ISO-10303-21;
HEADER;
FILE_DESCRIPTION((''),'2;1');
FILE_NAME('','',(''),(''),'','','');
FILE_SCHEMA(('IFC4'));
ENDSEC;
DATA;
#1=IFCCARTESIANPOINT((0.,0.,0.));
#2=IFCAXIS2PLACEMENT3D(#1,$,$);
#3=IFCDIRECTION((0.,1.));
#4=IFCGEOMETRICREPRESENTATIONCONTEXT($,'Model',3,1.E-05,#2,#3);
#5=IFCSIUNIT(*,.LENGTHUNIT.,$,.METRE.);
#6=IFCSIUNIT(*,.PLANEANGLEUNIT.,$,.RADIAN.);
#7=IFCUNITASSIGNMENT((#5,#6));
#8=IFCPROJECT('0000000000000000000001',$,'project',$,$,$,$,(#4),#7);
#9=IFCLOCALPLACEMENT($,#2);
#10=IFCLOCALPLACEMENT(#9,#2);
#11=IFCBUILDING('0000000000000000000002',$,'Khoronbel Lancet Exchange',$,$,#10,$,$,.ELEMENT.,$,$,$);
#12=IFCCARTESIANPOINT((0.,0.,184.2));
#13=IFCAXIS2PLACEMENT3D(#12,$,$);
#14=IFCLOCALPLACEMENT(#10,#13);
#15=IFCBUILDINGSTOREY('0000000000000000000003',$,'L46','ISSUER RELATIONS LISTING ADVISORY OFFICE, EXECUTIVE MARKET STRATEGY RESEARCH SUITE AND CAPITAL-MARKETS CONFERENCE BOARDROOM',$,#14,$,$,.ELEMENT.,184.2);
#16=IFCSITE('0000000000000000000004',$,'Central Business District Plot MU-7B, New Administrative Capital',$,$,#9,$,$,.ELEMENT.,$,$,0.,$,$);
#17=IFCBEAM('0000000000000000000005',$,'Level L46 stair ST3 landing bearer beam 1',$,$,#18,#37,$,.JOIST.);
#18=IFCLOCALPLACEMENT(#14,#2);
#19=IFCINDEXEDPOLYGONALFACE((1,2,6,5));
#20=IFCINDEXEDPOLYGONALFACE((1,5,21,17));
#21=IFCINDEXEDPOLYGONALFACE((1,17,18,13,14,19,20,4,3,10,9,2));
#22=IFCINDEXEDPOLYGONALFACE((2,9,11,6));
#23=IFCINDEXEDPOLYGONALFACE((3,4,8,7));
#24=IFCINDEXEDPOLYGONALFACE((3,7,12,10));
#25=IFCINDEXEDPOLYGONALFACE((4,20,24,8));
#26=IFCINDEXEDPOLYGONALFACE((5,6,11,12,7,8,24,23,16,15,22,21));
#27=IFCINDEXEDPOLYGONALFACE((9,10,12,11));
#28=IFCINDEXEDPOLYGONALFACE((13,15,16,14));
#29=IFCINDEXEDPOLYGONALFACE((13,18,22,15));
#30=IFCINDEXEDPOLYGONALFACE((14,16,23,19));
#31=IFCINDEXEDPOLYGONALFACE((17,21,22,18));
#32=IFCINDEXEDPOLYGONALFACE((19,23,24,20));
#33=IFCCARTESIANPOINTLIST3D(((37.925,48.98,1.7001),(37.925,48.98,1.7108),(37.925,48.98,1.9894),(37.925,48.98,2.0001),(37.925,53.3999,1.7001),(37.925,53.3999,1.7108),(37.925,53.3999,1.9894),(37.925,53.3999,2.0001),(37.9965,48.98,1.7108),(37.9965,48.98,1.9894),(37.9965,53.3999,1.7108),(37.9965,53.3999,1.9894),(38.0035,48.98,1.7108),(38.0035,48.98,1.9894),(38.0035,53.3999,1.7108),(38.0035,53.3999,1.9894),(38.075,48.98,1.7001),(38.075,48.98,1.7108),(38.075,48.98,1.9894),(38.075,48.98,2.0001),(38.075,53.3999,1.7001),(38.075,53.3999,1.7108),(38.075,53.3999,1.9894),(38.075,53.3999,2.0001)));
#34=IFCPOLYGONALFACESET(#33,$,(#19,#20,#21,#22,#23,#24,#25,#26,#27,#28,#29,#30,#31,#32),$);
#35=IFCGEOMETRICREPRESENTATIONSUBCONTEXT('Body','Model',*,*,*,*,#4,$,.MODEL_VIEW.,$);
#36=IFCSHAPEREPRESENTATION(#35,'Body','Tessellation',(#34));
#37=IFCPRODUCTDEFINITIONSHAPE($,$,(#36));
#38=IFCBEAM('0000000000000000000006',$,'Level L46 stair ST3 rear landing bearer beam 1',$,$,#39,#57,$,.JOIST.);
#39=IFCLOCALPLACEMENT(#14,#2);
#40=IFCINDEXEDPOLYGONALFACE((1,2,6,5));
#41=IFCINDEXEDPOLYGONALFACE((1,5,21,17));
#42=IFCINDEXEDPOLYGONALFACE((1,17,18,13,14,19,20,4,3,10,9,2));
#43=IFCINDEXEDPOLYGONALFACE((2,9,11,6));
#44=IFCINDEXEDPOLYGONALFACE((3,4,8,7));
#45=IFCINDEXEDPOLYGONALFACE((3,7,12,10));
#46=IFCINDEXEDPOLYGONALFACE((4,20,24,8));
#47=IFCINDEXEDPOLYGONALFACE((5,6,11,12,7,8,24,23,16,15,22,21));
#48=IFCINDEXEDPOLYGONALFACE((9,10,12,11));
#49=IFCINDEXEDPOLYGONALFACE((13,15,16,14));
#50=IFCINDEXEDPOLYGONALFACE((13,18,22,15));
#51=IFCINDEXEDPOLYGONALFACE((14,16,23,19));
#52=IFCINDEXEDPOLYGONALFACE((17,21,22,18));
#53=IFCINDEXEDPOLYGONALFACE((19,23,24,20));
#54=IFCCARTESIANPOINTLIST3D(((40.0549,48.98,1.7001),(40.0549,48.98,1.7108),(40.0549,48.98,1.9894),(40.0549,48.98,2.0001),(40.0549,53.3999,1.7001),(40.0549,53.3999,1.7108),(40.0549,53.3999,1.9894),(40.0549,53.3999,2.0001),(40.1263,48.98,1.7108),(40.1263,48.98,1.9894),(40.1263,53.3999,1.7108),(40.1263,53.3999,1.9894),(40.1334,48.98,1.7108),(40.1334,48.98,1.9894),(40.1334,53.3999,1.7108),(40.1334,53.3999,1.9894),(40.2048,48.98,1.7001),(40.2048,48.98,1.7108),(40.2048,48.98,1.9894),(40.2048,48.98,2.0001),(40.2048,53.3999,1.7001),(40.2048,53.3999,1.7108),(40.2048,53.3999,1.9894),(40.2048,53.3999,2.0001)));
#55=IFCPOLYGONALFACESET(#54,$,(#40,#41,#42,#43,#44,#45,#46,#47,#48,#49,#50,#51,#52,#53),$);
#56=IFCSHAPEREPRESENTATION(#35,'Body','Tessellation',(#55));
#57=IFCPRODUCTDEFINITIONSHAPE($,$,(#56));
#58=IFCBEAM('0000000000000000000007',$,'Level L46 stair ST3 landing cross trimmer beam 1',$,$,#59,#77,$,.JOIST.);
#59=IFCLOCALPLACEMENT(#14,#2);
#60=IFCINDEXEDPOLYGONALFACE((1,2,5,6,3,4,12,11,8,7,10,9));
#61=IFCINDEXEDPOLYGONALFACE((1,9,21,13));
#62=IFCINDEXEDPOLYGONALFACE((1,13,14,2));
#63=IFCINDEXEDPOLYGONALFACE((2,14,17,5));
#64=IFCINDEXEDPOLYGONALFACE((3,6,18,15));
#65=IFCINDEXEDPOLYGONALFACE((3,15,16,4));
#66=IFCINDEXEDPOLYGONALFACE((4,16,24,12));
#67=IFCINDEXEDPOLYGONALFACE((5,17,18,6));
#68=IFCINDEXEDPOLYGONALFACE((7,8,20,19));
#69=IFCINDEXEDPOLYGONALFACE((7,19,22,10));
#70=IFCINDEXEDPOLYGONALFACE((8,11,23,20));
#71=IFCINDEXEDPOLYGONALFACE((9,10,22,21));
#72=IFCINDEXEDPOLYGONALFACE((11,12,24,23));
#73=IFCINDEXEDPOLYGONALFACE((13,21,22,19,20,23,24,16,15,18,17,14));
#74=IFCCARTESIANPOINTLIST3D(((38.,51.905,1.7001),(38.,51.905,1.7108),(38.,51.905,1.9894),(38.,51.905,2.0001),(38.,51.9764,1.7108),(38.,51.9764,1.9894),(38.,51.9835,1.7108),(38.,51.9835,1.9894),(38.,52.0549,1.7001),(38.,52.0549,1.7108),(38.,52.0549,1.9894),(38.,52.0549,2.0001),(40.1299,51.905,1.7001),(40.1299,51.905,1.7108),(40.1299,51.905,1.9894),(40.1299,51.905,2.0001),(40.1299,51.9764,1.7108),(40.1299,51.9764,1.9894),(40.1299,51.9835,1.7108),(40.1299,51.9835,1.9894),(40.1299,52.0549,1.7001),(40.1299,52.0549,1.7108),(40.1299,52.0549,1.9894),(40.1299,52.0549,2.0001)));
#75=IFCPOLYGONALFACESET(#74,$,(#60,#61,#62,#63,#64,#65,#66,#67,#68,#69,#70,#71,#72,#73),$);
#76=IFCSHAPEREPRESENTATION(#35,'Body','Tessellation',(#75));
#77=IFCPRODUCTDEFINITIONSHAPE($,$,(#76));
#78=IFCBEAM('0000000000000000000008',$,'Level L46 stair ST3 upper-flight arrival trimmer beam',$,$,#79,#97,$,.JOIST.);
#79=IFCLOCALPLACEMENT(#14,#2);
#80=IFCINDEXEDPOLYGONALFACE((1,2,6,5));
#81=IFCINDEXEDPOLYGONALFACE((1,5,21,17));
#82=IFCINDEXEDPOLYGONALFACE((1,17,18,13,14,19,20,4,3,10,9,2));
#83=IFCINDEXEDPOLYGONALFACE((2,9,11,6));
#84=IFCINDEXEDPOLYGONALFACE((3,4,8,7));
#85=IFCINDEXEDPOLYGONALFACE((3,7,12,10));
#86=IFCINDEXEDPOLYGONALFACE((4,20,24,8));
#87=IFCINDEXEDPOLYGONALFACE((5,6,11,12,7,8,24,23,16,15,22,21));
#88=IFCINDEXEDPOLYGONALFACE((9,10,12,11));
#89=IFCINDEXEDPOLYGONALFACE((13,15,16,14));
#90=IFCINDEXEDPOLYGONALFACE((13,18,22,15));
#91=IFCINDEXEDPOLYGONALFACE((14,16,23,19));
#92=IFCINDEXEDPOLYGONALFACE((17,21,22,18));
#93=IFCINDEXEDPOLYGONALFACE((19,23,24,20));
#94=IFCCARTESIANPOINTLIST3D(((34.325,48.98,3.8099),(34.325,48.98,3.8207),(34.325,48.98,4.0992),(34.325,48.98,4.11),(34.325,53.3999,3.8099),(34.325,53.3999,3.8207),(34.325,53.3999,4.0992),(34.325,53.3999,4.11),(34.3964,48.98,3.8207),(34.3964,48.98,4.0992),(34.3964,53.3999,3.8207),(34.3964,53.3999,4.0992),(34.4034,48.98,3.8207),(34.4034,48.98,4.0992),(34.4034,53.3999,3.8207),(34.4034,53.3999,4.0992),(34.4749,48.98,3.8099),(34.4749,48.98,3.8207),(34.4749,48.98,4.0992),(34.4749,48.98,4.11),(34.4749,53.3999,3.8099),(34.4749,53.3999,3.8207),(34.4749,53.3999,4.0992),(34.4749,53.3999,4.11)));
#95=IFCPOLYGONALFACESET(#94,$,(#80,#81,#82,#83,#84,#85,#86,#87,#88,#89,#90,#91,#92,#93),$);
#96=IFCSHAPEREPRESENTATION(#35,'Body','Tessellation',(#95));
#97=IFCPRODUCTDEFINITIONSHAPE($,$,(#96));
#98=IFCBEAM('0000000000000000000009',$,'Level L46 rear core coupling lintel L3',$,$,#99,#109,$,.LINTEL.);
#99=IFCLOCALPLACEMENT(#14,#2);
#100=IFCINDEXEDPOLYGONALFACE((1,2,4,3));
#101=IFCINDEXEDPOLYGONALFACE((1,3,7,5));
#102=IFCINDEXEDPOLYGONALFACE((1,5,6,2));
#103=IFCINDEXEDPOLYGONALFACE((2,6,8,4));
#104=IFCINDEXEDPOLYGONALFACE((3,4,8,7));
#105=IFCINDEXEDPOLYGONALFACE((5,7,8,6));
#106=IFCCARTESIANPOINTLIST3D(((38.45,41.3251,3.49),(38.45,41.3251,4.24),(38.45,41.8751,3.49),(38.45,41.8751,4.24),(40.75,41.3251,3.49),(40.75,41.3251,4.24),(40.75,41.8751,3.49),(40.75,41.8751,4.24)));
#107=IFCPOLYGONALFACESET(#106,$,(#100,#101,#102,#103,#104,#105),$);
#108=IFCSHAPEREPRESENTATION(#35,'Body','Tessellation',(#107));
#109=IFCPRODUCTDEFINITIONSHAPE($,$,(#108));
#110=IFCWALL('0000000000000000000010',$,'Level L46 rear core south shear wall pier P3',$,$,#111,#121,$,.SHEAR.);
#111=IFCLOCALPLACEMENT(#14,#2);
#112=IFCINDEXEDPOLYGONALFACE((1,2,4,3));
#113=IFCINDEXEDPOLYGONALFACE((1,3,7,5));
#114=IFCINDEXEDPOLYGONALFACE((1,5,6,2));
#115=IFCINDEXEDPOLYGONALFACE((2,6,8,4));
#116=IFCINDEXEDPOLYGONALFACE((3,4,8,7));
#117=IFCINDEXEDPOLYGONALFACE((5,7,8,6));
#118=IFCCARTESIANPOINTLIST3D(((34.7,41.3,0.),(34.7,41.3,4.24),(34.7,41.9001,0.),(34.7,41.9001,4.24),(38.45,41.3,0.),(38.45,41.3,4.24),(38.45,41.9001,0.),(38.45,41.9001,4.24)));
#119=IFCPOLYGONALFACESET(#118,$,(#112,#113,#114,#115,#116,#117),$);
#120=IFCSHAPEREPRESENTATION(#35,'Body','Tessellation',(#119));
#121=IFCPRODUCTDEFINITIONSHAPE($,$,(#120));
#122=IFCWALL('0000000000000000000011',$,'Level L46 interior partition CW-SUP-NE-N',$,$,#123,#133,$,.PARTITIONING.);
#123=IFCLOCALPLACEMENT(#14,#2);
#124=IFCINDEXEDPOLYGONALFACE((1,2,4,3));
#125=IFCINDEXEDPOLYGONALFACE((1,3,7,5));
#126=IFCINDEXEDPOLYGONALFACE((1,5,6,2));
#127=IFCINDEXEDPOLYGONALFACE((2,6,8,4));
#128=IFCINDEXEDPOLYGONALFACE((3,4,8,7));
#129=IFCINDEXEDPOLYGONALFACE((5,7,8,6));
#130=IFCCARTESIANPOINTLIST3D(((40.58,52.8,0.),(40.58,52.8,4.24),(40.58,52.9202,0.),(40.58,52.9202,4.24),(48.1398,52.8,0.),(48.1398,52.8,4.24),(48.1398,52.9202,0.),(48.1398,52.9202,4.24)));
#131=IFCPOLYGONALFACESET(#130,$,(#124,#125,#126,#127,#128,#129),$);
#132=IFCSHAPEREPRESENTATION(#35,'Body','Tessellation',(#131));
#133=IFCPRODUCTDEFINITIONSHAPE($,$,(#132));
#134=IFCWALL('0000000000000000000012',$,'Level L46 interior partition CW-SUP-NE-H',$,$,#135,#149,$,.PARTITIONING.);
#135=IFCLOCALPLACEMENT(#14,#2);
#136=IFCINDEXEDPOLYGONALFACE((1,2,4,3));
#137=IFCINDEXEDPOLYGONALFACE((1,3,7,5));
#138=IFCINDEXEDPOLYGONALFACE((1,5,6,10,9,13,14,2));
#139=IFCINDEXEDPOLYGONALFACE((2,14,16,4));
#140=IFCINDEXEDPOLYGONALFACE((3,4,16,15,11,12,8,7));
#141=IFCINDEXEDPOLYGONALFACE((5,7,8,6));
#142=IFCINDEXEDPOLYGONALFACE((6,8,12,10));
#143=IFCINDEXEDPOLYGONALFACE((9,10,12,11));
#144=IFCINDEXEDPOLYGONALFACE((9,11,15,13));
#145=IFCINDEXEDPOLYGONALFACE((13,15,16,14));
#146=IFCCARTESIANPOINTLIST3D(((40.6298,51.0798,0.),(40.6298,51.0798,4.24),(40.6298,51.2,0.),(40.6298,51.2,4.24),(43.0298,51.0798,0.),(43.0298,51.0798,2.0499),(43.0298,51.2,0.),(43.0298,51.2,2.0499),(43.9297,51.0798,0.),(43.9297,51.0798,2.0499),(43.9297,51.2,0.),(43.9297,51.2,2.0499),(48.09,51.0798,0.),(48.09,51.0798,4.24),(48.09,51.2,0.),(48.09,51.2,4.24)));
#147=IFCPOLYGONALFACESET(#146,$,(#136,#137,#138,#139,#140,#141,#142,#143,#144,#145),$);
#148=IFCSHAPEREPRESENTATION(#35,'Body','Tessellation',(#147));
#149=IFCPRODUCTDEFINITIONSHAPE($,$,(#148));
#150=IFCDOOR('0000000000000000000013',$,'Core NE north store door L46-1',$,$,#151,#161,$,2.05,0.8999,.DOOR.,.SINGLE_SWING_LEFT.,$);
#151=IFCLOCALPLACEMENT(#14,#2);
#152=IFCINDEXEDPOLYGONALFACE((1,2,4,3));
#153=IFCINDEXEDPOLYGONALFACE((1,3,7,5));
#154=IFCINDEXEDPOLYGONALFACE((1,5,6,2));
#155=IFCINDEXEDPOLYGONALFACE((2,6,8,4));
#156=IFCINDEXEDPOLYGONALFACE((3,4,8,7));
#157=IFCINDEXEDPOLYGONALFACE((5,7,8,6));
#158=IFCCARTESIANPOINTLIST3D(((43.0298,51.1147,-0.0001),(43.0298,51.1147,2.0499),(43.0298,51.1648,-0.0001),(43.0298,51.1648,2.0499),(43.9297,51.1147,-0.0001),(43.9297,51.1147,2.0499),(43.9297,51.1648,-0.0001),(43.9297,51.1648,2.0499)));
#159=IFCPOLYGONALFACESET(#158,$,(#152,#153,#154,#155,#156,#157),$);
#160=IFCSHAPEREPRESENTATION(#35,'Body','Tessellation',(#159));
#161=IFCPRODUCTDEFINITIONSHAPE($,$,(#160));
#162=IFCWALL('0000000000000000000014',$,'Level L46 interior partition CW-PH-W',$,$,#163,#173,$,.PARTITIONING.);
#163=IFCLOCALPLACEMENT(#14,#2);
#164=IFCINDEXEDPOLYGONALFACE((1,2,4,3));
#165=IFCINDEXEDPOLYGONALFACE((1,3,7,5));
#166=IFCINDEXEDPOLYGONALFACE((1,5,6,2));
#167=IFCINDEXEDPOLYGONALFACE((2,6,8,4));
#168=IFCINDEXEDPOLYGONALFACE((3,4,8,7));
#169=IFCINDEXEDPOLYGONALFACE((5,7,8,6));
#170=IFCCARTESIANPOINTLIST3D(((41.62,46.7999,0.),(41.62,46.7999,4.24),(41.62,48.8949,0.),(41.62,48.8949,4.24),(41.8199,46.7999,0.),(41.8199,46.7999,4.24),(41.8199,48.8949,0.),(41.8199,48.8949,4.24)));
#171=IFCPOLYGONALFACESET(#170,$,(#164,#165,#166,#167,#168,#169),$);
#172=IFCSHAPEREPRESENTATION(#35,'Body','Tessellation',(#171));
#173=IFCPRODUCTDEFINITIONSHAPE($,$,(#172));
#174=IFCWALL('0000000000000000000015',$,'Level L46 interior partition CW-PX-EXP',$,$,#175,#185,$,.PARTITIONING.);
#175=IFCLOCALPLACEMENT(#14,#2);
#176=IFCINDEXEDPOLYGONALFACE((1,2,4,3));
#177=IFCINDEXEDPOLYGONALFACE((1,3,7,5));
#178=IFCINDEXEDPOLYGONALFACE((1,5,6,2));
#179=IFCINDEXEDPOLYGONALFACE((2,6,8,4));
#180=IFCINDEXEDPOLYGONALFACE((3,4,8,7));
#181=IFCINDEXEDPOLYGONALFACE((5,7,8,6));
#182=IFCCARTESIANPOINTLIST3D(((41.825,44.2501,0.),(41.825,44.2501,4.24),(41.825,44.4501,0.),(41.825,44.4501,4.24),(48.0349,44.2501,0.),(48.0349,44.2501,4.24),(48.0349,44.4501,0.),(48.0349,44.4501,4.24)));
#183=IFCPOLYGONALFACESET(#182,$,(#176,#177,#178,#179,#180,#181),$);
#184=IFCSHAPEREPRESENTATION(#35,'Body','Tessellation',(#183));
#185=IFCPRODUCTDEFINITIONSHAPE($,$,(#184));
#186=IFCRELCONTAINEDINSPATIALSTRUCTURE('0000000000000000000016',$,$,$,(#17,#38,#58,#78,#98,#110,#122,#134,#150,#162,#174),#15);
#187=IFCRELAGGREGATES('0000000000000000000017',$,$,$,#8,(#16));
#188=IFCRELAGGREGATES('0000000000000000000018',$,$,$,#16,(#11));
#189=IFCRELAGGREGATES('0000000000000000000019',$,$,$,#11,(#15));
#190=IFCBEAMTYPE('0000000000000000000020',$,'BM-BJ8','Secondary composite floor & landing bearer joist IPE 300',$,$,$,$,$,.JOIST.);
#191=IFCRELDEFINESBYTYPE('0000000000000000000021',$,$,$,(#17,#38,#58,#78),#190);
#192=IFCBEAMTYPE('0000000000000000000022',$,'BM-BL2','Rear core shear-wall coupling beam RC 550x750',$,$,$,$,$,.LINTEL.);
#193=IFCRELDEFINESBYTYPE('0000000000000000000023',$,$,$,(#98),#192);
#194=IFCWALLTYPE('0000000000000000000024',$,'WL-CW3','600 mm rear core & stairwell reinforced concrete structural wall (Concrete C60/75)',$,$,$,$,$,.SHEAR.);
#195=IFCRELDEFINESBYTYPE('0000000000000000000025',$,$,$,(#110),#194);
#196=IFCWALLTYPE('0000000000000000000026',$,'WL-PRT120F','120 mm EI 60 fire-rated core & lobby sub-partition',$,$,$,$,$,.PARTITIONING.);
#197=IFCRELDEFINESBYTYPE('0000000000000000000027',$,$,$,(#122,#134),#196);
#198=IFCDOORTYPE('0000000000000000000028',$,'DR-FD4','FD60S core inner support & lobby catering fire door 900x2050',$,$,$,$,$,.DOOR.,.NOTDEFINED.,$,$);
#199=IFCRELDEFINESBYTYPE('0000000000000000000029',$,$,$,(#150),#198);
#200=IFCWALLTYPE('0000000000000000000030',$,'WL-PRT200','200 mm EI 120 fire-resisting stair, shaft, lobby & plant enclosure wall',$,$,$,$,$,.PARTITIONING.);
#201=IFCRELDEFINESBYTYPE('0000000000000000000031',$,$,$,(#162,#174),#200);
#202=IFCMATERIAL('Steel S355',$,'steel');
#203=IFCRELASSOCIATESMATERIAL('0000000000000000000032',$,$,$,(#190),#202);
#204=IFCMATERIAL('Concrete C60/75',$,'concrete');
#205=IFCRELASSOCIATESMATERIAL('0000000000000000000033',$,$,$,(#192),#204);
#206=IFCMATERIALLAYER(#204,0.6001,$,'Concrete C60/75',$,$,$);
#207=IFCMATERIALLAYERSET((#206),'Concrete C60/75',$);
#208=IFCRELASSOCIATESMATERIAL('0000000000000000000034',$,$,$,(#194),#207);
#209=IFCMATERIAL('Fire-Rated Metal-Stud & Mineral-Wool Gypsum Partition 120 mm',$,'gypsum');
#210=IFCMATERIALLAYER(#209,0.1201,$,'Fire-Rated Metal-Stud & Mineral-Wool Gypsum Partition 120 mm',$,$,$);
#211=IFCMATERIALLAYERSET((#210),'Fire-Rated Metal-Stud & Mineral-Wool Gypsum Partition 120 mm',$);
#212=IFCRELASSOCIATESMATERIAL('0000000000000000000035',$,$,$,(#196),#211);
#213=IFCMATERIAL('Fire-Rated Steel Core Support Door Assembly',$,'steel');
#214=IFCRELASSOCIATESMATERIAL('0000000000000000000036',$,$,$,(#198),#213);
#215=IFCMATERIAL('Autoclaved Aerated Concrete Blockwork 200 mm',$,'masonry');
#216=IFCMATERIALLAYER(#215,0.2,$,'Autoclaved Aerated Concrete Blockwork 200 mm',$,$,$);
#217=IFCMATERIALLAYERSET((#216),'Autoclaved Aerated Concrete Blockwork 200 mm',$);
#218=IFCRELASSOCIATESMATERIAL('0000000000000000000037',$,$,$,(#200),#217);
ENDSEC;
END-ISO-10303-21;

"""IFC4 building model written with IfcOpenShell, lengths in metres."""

from ifc_helpers import new_model, si_unit, direction, frame, frame_2d, origin, origin_2d, place, context, subcontext, project, spatial, rectangle, i_section, extrude, material, layer, layer_set, material_profile, profile_set, type_object, element, fill, save


model = new_model("IFC4")

# Units and contexts
model_context = context("Model", 3, precision=1e-05, world=origin(), true_north=direction((0.0, 1.0)))
body_context = subcontext(model_context, "Body", "Model", "MODEL_VIEW")
ifc_project = project(units=[si_unit("LENGTHUNIT", "METRE"), si_unit("PLANEANGLEUNIT", "RADIAN")], contexts=[model_context])

# Site, building, storey
site_placement = place(None, origin())
site = spatial("IfcSite", under=ifc_project, at=site_placement, Name="Central Business District Plot MU-7B, New Administrative Capital", CompositionType="ELEMENT", RefElevation=0.0)
building_placement = place(site_placement, origin())
building = spatial("IfcBuilding", under=site, at=building_placement, Name="Khoronbel Lancet Exchange", CompositionType="ELEMENT")
storey_placement = place(building_placement, frame((0.0, 0.0, 184.2)))
storey = spatial("IfcBuildingStorey", under=building, at=storey_placement, Name="L46", Description="ISSUER RELATIONS LISTING ADVISORY OFFICE, EXECUTIVE MARKET STRATEGY RESEARCH SUITE AND CAPITAL-MARKETS CONFERENCE BOARDROOM", CompositionType="ELEMENT", Elevation=184.2)

# Beams
ifc_material_1 = material(Name="Steel S355", Category="steel")
ifc_material_profile_1 = material_profile(ifc_material_1, i_section(OverallWidth=0.1499, OverallDepth=0.3, WebThickness=0.0071, FlangeThickness=0.0107, at=origin_2d()), Name="IPE 300")
ifc_profile_set_1 = profile_set([ifc_material_profile_1], Name="Steel S355")
beam_type_1 = type_object("IfcBeamType", Name="BM-BJ8", Description="Secondary composite floor & landing bearer joist IPE 300", PredefinedType="JOIST", material=ifc_profile_set_1)
for number, where, z_axis, x_axis, name in (
    (1, (38.0, 48.98, 1.8501), (0.0, 1.0, 0.0), (-1.0, 0.0, 0.0), "Level L46 stair ST3 landing bearer beam 1"),
    (2, (40.1299, 48.98, 1.8501), (0.0, 1.0, 0.0), (-1.0, 0.0, 0.0), "Level L46 stair ST3 rear landing bearer beam 1"),
):
    element("IfcBeam", number, at=place(storey_placement, frame(where, z_axis=z_axis, x_axis=x_axis)), inside=storey, type_object=beam_type_1, Name=name, PredefinedType="JOIST", context=body_context, shape_type="SweptSolid", body=[
        extrude(i_section(OverallWidth=0.1499, OverallDepth=0.3, WebThickness=0.0071, FlangeThickness=0.0107, at=origin_2d()), origin(), (0.0, 0.0, 1.0), 4.4199),
    ])
beam_1_placement = place(storey_placement, frame((38.0, 51.98, 1.8501), z_axis=(1.0, 0.0, 0.0), x_axis=(0.0, 1.0, 0.0)))
element("IfcBeam", 3, at=beam_1_placement, inside=storey, type_object=beam_type_1, Name="Level L46 stair ST3 landing cross trimmer beam 1", PredefinedType="JOIST", context=body_context, shape_type="SweptSolid", body=[
    extrude(i_section(OverallWidth=0.1499, OverallDepth=0.3, WebThickness=0.0071, FlangeThickness=0.0107, at=origin_2d()), origin(), (0.0, 0.0, 1.0), 2.1299),
])
beam_2_placement = place(storey_placement, frame((34.3999, 48.98, 3.96), z_axis=(0.0, 1.0, 0.0), x_axis=(-1.0, 0.0, 0.0)))
element("IfcBeam", 4, at=beam_2_placement, inside=storey, type_object=beam_type_1, Name="Level L46 stair ST3 upper-flight arrival trimmer beam", PredefinedType="JOIST", context=body_context, shape_type="SweptSolid", body=[
    extrude(i_section(OverallWidth=0.1499, OverallDepth=0.3, WebThickness=0.0071, FlangeThickness=0.0107, at=origin_2d()), origin(), (0.0, 0.0, 1.0), 4.4199),
])
ifc_material_2 = material(Name="Concrete C60/75", Category="concrete")
ifc_material_profile_2 = material_profile(ifc_material_2, rectangle(XDim=0.55, YDim=0.75, at=origin_2d()), Name="RC 550x750")
ifc_profile_set_2 = profile_set([ifc_material_profile_2], Name="Concrete C60/75")
beam_type_2 = type_object("IfcBeamType", Name="BM-BL2", Description="Rear core shear-wall coupling beam RC 550x750", PredefinedType="LINTEL", material=ifc_profile_set_2)
beam_3_placement = place(storey_placement, frame((38.45, 41.6001, 3.865), z_axis=(1.0, 0.0, 0.0), x_axis=(0.0, 1.0, 0.0)))
element("IfcBeam", 5, at=beam_3_placement, inside=storey, type_object=beam_type_2, Name="Level L46 rear core coupling lintel L3", PredefinedType="LINTEL", context=body_context, shape_type="SweptSolid", body=[
    extrude(rectangle(XDim=0.55, YDim=0.75, at=origin_2d()), origin(), (0.0, 0.0, 1.0), 2.3),
])

# Walls
ifc_layer_1 = layer(ifc_material_2, 0.6001, Name="Concrete C60/75")
ifc_layer_set_1 = layer_set([ifc_layer_1], Name="Concrete C60/75")
wall_type_1 = type_object("IfcWallType", Name="WL-CW3", Description="600 mm rear core & stairwell reinforced concrete structural wall (Concrete C60/75)", PredefinedType="SHEAR", material=ifc_layer_set_1)
wall_1_placement = place(storey_placement, frame((38.45, 41.6001, 0.0), z_axis=(0.0, 0.0, 1.0), x_axis=(-1.0, 0.0, 0.0)))
element("IfcWall", 6, at=wall_1_placement, inside=storey, type_object=wall_type_1, Name="Level L46 rear core south shear wall pier P3", PredefinedType="SHEAR", context=body_context, shape_type="SweptSolid", body=[
    extrude(rectangle(XDim=3.75, YDim=0.6001, at=frame_2d((1.875, 0.0))), origin(), (0.0, 0.0, 1.0), 4.24),
])
ifc_material_3 = material(Name="Fire-Rated Metal-Stud & Mineral-Wool Gypsum Partition 120 mm", Category="gypsum")
ifc_layer_2 = layer(ifc_material_3, 0.1201, Name="Fire-Rated Metal-Stud & Mineral-Wool Gypsum Partition 120 mm")
ifc_layer_set_2 = layer_set([ifc_layer_2], Name="Fire-Rated Metal-Stud & Mineral-Wool Gypsum Partition 120 mm")
wall_type_2 = type_object("IfcWallType", Name="WL-PRT120F", Description="120 mm EI 60 fire-rated core & lobby sub-partition", PredefinedType="PARTITIONING", material=ifc_layer_set_2)
wall_2_placement = place(storey_placement, frame((40.5801, 52.8601, 0.0), z_axis=(0.0, 0.0, 1.0), x_axis=(1.0, 0.0, 0.0)))
element("IfcWall", 7, at=wall_2_placement, inside=storey, type_object=wall_type_2, Name="Level L46 interior partition CW-SUP-NE-N", PredefinedType="PARTITIONING", context=body_context, shape_type="SweptSolid", body=[
    extrude(rectangle(XDim=7.5598, YDim=0.1201, at=frame_2d((3.7798, 0.0))), origin(), (0.0, 0.0, 1.0), 4.24),
])

# Wall, opening, door
wall_3_placement = place(storey_placement, frame((40.6299, 51.1399, 0.0), z_axis=(0.0, 0.0, 1.0), x_axis=(1.0, 0.0, 0.0)))
wall_3 = element("IfcWall", 8, at=wall_3_placement, inside=storey, type_object=wall_type_2, Name="Level L46 interior partition CW-SUP-NE-H", PredefinedType="PARTITIONING", context=body_context, shape_type="SweptSolid", body=[
    extrude(rectangle(XDim=7.4602, YDim=0.1201, at=frame_2d((3.73, 0.0))), origin(), (0.0, 0.0, 1.0), 4.24),
])
opening_1_placement = place(wall_3_placement, frame((2.3999, 0.0, 0.0)))
opening_1 = element("IfcOpeningElement", 9, at=opening_1_placement, cuts=wall_3, PredefinedType="OPENING", context=body_context, shape_type="SweptSolid", body=[
    extrude(rectangle(XDim=0.8999, YDim=2.05, at=frame_2d((0.45, 1.0249))), frame((0.0, 0.0701, 0.0), z_axis=(0.0, -1.0, 0.0), x_axis=(1.0, 0.0, 0.0)), (0.0, 0.0, 1.0), 0.1401),
])
ifc_material_4 = material(Name="Fire-Rated Steel Core Support Door Assembly", Category="steel")
door_type_1 = type_object("IfcDoorType", Name="DR-FD4", Description="FD60S core inner support & lobby catering fire door 900x2050", OperationType="NOTDEFINED", PredefinedType="DOOR", material=ifc_material_4)
door_1_placement = place(opening_1_placement, origin())
door_1 = element("IfcDoor", 10, at=door_1_placement, inside=storey, type_object=door_type_1, Name="Core NE north store door L46-1", OperationType="SINGLE_SWING_LEFT", OverallHeight=2.05, OverallWidth=0.8999, PredefinedType="DOOR", context=body_context, shape_type="SweptSolid", body=[
    extrude(rectangle(XDim=0.8999, YDim=2.05, at=frame_2d((0.45, 1.0249))), frame((0.0, 0.0249, 0.0), z_axis=(0.0, -1.0, 0.0), x_axis=(1.0, 0.0, 0.0)), (0.0, 0.0, 1.0), 0.05),
])
fill(opening_1, door_1)

# Walls
ifc_material_5 = material(Name="Autoclaved Aerated Concrete Blockwork 200 mm", Category="masonry")
ifc_layer_3 = layer(ifc_material_5, 0.2, Name="Autoclaved Aerated Concrete Blockwork 200 mm")
ifc_layer_set_3 = layer_set([ifc_layer_3], Name="Autoclaved Aerated Concrete Blockwork 200 mm")
wall_type_3 = type_object("IfcWallType", Name="WL-PRT200", Description="200 mm EI 120 fire-resisting stair, shaft, lobby & plant enclosure wall", PredefinedType="PARTITIONING", material=ifc_layer_set_3)
wall_4_placement = place(storey_placement, frame((41.72, 46.8, 0.0), z_axis=(0.0, 0.0, 1.0), x_axis=(0.0, 1.0, 0.0)))
element("IfcWall", 11, at=wall_4_placement, inside=storey, type_object=wall_type_3, Name="Level L46 interior partition CW-PH-W", PredefinedType="PARTITIONING", context=body_context, shape_type="SweptSolid", body=[
    extrude(rectangle(XDim=2.095, YDim=0.2, at=frame_2d((1.0474, 0.0))), origin(), (0.0, 0.0, 1.0), 4.24),
])
wall_5_placement = place(storey_placement, frame((41.825, 44.3501, 0.0), z_axis=(0.0, 0.0, 1.0), x_axis=(1.0, 0.0, 0.0)))
element("IfcWall", 12, at=wall_5_placement, inside=storey, type_object=wall_type_3, Name="Level L46 interior partition CW-PX-EXP", PredefinedType="PARTITIONING", context=body_context, shape_type="SweptSolid", body=[
    extrude(rectangle(XDim=6.21, YDim=0.2, at=frame_2d((3.105, 0.0))), origin(), (0.0, 0.0, 1.0), 4.24),
])

save(model, "model.ifc")
